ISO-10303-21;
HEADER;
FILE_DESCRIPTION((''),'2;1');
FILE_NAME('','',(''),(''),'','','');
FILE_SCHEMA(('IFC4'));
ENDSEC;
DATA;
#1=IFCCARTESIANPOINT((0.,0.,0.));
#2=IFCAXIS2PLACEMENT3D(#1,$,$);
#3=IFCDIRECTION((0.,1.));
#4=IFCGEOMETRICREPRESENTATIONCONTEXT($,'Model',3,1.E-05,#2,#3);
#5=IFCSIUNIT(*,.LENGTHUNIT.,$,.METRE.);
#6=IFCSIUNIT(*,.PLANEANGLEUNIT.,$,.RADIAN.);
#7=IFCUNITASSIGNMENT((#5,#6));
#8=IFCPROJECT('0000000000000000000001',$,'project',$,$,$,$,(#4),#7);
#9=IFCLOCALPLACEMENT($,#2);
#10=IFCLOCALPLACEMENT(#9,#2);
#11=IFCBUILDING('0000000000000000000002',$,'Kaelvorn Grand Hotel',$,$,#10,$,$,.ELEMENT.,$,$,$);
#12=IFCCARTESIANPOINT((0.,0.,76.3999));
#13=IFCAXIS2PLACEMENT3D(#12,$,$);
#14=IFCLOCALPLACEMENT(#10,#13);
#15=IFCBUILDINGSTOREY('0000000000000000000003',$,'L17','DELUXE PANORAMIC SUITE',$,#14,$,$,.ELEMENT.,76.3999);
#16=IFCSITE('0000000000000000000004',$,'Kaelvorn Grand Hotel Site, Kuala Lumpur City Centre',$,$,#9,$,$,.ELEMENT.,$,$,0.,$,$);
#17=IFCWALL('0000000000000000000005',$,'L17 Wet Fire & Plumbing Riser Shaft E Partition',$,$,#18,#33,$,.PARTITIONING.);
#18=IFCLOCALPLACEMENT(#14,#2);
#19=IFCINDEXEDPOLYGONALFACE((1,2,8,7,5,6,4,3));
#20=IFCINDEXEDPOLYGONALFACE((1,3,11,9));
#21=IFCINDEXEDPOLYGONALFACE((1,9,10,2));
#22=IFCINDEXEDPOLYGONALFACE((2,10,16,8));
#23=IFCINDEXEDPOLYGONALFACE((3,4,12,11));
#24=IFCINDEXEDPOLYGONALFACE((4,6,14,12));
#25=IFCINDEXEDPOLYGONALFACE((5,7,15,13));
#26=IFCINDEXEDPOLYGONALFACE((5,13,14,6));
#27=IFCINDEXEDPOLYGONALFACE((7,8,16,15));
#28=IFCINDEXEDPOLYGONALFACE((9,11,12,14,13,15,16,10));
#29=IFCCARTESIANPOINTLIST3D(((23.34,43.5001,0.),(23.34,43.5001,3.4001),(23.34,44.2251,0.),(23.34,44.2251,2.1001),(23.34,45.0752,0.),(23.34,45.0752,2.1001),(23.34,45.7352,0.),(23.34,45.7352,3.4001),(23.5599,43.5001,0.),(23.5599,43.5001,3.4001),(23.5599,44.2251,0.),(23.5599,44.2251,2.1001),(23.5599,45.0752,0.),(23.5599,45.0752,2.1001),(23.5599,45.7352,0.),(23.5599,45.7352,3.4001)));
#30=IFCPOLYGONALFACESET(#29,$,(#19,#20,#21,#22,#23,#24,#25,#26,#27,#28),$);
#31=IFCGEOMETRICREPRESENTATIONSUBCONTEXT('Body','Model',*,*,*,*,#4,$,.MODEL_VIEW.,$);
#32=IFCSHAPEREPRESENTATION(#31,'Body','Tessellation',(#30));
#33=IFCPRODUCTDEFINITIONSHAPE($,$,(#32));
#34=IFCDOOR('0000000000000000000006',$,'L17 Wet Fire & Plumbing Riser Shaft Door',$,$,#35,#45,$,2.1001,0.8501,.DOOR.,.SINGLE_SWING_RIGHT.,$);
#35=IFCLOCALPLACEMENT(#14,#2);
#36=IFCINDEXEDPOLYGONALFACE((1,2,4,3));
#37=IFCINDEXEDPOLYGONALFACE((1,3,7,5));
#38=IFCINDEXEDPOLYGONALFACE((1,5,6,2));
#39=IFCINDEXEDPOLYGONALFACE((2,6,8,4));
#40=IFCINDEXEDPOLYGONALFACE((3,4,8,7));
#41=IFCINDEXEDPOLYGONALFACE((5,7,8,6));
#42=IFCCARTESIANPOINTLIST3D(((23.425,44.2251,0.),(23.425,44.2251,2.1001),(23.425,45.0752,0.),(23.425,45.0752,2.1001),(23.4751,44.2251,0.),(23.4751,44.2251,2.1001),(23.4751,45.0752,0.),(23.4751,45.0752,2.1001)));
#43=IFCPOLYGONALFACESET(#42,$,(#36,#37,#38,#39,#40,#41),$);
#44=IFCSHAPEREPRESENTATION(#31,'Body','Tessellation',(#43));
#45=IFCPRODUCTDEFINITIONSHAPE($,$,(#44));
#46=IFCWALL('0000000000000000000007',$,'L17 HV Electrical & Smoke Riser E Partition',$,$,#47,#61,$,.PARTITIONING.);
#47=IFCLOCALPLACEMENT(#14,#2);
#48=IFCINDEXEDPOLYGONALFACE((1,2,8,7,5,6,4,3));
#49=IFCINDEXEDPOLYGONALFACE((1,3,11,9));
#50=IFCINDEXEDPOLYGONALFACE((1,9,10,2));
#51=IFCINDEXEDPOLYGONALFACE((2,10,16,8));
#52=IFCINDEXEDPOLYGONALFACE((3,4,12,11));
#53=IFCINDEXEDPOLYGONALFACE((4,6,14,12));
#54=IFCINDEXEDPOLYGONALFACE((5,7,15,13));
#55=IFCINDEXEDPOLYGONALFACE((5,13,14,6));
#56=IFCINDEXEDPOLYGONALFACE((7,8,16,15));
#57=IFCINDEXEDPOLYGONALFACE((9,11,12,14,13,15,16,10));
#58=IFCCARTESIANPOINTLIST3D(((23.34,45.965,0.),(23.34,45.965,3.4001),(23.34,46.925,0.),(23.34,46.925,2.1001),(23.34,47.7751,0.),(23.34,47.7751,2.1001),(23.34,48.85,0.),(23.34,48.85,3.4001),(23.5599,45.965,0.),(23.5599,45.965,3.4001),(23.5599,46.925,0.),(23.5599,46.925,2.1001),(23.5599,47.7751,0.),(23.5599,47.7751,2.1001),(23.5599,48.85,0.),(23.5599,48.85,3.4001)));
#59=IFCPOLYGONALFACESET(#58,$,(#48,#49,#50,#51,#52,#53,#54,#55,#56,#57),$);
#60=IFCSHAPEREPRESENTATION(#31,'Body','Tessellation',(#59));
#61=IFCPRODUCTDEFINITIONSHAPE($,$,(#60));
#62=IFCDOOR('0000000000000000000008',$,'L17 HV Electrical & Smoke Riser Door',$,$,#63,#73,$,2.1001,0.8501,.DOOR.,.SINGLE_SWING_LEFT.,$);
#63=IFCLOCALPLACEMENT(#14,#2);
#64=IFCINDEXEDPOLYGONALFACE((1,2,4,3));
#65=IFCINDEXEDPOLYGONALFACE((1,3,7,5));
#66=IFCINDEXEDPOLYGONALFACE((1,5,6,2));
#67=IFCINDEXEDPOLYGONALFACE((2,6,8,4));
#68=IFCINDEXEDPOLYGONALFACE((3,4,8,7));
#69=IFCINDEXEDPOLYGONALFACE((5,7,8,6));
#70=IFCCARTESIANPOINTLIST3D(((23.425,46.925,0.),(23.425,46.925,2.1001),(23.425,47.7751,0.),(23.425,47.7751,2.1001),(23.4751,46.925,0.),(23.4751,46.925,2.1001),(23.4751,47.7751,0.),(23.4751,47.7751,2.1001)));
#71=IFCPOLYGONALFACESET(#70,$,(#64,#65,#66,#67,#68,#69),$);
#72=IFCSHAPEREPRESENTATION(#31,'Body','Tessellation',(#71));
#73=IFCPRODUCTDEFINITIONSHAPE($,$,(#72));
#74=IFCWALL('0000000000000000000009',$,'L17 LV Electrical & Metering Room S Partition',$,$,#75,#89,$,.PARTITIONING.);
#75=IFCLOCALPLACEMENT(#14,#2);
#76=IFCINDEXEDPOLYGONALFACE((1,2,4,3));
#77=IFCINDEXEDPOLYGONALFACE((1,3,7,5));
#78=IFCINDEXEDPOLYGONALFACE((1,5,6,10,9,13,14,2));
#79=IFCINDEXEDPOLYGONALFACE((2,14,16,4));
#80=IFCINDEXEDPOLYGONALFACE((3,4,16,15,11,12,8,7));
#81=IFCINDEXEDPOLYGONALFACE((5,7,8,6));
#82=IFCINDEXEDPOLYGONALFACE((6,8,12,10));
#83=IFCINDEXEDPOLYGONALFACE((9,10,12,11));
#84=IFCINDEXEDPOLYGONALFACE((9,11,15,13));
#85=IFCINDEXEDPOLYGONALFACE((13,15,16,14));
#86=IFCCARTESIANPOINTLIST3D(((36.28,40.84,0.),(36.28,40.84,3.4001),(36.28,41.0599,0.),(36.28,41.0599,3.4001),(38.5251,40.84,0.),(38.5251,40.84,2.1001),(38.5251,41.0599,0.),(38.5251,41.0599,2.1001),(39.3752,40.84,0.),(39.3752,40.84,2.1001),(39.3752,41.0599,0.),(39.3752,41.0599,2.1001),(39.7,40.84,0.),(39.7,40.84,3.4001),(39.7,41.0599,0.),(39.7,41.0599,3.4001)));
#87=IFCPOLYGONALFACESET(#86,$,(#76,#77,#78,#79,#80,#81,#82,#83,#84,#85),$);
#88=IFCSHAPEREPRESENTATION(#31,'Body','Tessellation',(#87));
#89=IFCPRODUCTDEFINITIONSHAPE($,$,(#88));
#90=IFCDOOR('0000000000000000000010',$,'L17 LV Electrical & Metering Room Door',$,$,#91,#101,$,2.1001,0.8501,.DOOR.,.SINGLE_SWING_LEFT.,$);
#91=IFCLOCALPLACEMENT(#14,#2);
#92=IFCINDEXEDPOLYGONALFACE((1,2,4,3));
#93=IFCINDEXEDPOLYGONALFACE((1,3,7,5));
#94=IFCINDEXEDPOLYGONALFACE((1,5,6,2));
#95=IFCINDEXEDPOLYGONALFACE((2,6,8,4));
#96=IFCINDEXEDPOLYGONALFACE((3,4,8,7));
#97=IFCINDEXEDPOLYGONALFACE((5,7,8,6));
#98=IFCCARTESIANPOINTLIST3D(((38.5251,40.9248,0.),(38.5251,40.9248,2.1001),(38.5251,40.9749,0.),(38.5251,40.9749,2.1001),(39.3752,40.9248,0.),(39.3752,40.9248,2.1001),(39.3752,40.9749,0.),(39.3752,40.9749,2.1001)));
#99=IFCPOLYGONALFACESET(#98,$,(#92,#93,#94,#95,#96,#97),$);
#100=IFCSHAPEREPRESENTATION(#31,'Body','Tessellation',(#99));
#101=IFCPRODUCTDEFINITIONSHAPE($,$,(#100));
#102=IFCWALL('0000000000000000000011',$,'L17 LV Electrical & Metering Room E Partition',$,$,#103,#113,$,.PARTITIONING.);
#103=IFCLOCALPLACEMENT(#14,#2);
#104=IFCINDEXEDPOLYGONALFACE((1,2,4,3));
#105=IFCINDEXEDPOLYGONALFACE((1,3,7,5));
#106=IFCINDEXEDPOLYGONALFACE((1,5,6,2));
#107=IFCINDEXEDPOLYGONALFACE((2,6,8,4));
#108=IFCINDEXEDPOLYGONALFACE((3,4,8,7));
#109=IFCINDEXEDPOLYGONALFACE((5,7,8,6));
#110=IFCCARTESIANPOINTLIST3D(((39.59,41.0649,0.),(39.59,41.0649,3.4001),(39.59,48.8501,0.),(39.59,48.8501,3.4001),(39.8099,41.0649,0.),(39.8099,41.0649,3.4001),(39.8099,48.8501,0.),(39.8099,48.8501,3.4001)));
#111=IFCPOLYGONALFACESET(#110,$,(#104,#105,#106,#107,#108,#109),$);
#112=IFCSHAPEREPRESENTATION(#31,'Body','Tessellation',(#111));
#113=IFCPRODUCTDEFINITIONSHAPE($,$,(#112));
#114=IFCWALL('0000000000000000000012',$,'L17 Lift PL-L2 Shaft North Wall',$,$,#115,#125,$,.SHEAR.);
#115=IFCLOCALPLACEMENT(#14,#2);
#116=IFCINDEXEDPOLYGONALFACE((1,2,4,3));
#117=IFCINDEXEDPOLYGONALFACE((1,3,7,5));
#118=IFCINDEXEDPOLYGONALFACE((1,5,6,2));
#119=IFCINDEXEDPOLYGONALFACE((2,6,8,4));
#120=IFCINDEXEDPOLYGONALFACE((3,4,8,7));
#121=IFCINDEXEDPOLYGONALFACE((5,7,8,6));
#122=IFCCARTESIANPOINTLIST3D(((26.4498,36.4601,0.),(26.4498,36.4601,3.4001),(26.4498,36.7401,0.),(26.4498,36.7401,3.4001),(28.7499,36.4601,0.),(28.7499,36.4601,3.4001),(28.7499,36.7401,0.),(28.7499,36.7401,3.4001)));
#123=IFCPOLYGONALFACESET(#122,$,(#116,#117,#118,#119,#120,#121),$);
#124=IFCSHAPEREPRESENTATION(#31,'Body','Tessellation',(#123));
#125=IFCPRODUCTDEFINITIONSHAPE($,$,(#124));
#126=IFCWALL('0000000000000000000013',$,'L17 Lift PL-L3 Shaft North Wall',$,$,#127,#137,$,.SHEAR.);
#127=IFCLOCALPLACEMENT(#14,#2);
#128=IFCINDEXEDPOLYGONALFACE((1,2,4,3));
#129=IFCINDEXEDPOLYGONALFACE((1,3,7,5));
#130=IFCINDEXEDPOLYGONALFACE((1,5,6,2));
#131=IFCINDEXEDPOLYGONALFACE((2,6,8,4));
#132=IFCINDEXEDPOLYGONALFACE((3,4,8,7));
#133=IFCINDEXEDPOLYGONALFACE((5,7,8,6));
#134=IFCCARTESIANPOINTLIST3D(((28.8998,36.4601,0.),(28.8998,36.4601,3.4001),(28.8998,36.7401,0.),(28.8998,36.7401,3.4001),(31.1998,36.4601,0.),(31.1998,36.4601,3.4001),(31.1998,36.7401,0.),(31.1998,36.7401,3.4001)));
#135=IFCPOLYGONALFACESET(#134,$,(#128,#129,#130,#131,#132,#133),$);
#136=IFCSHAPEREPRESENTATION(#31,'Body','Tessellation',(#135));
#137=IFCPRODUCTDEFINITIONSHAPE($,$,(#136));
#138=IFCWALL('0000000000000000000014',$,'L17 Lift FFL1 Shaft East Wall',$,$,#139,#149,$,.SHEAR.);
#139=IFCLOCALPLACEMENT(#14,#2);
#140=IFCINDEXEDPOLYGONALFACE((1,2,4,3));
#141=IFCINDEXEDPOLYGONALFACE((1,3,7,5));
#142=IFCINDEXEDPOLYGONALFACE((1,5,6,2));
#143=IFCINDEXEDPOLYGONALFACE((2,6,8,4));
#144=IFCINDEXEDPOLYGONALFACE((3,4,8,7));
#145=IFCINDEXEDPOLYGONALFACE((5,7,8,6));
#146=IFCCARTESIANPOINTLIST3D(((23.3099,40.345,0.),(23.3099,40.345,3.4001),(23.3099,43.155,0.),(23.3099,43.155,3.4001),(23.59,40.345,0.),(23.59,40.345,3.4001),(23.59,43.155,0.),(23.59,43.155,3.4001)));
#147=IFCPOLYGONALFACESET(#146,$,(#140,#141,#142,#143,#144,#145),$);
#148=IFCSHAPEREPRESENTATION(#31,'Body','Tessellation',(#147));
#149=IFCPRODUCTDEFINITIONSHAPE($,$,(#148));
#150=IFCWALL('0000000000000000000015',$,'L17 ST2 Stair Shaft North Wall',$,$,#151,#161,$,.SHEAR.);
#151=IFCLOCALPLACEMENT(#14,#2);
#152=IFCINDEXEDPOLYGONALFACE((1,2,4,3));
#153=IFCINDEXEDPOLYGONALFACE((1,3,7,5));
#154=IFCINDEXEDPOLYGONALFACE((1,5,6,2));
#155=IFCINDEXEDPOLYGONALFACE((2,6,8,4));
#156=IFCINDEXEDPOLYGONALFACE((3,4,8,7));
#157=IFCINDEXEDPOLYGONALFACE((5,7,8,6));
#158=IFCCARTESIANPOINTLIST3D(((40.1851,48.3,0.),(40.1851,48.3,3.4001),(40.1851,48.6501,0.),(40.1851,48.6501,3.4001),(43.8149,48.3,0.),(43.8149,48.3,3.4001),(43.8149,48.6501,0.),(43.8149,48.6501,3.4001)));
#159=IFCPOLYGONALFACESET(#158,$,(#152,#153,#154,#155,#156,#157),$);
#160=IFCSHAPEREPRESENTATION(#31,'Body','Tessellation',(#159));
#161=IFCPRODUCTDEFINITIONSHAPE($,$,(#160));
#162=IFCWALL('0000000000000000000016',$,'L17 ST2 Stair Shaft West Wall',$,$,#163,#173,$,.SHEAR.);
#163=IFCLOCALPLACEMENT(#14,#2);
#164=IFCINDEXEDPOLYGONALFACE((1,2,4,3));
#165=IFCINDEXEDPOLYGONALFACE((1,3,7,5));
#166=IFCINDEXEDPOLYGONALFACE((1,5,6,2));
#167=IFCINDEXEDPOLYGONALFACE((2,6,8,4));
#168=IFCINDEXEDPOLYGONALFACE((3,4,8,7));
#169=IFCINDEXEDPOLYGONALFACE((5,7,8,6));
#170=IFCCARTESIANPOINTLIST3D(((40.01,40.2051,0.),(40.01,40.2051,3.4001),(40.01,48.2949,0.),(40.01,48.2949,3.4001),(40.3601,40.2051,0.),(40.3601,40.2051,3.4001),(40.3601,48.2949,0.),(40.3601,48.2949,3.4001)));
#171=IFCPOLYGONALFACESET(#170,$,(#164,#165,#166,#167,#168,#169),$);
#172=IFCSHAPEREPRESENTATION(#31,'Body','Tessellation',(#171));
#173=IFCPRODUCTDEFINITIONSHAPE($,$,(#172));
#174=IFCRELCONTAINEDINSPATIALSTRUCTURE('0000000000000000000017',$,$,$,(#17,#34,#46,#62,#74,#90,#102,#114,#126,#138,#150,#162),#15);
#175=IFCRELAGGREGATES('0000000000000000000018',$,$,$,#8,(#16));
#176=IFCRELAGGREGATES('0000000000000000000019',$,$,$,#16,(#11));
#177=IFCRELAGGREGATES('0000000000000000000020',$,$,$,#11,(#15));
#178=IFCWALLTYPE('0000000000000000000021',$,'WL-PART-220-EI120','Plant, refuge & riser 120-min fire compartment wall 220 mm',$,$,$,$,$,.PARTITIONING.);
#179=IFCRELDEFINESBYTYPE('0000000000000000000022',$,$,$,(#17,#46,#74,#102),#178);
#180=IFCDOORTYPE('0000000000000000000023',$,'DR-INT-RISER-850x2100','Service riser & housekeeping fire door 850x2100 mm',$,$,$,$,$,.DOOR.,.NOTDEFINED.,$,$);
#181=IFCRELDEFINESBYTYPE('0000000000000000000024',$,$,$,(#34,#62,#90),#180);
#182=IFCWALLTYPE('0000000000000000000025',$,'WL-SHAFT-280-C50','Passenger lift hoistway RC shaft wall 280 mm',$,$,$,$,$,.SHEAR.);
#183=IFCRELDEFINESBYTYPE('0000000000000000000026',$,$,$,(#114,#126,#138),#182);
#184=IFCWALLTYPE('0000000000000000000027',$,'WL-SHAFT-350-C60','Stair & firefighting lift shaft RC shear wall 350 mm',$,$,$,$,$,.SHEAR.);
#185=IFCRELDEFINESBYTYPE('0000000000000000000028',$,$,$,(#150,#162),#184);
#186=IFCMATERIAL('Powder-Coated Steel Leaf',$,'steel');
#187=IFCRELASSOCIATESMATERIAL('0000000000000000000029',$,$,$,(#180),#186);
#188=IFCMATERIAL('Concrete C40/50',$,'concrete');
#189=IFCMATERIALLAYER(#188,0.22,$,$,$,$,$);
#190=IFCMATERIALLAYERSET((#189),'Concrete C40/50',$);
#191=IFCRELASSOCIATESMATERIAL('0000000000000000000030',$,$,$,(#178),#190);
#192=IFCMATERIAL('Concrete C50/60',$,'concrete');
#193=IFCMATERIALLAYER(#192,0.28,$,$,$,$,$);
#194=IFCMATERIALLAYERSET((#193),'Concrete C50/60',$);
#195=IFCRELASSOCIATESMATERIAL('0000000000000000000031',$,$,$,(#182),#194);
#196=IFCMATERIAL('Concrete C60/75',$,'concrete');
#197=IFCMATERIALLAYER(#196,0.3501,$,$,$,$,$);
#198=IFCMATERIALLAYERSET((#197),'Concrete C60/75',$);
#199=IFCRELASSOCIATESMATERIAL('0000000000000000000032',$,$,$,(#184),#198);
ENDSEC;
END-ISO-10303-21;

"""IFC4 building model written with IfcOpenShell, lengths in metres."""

from ifc_helpers import new_model, si_unit, direction, frame, frame_2d, origin, place, context, subcontext, project, spatial, rectangle, extrude, material, layer, layer_set, type_object, element, fill, save


model = new_model("IFC4")

# Units and contexts
model_context = context("Model", 3, precision=1e-05, world=origin(), true_north=direction((0.0, 1.0)))
body_context = subcontext(model_context, "Body", "Model", "MODEL_VIEW")
ifc_project = project(units=[si_unit("LENGTHUNIT", "METRE"), si_unit("PLANEANGLEUNIT", "RADIAN")], contexts=[model_context])

# Site, building, storey
site_placement = place(None, origin())
site = spatial("IfcSite", under=ifc_project, at=site_placement, Name="Kaelvorn Grand Hotel Site, Kuala Lumpur City Centre", CompositionType="ELEMENT", RefElevation=0.0)
building_placement = place(site_placement, origin())
building = spatial("IfcBuilding", under=site, at=building_placement, Name="Kaelvorn Grand Hotel", CompositionType="ELEMENT")
storey_placement = place(building_placement, frame((0.0, 0.0, 76.3999)))
storey = spatial("IfcBuildingStorey", under=building, at=storey_placement, Name="L17", Description="DELUXE PANORAMIC SUITE", CompositionType="ELEMENT", Elevation=76.3999)

# Shared definitions
ifc_material_1 = material(Name="Concrete C60/75", Category="concrete")

# Shared definitions
ifc_material_2 = material(Name="Powder-Coated Steel Leaf", Category="steel")
door_type_1 = type_object("IfcDoorType", Name="DR-INT-RISER-850x2100", Description="Service riser & housekeeping fire door 850x2100 mm", OperationType="NOTDEFINED", PredefinedType="DOOR", material=ifc_material_2)

# Shared definitions
ifc_material_3 = material(Name="Concrete C40/50", Category="concrete")
ifc_layer_1 = layer(ifc_material_3, 0.22)
ifc_layer_set_1 = layer_set([ifc_layer_1], Name="Concrete C40/50")
wall_type_1 = type_object("IfcWallType", Name="WL-PART-220-EI120", Description="Plant, refuge & riser 120-min fire compartment wall 220 mm", PredefinedType="PARTITIONING", material=ifc_layer_set_1)

# Walls, openings, doors
wall_1_placement = place(storey_placement, frame((23.45, 43.5, 0.0), z_axis=(0.0, 0.0, 1.0), x_axis=(0.0, 1.0, 0.0)))
wall_1 = element("IfcWall", 1, at=wall_1_placement, inside=storey, type_object=wall_type_1, Name="L17 Wet Fire & Plumbing Riser Shaft E Partition", PredefinedType="PARTITIONING", context=body_context, shape_type="SweptSolid", body=[
    extrude(rectangle(XDim=2.2351, YDim=0.22, at=frame_2d((1.1177, 0.0))), origin(), (0.0, 0.0, 1.0), 3.4001),
])
opening_1_placement = place(wall_1_placement, frame((0.7251, 0.0, 0.0)))
opening_1 = element("IfcOpeningElement", 2, at=opening_1_placement, cuts=wall_1, PredefinedType="OPENING", context=body_context, shape_type="SweptSolid", body=[
    extrude(rectangle(XDim=0.8501, YDim=2.1001, at=frame_2d((0.425, 1.05))), frame((0.0, 0.1201, 0.0), z_axis=(0.0, -1.0, 0.0), x_axis=(1.0, 0.0, 0.0)), (0.0, 0.0, 1.0), 0.24),
])
door_1_placement = place(opening_1_placement, origin())
door_1 = element("IfcDoor", 3, at=door_1_placement, inside=storey, type_object=door_type_1, Name="L17 Wet Fire & Plumbing Riser Shaft Door", OperationType="SINGLE_SWING_RIGHT", OverallHeight=2.1001, OverallWidth=0.8501, PredefinedType="DOOR", context=body_context, shape_type="SweptSolid", body=[
    extrude(rectangle(XDim=0.8501, YDim=2.1001, at=frame_2d((0.425, 1.05))), frame((0.0, 0.0249, 0.0), z_axis=(0.0, -1.0, 0.0), x_axis=(1.0, 0.0, 0.0)), (0.0, 0.0, 1.0), 0.05),
])
fill(opening_1, door_1)
wall_2_placement = place(storey_placement, frame((23.45, 45.9651, 0.0), z_axis=(0.0, 0.0, 1.0), x_axis=(0.0, 1.0, 0.0)))
wall_2 = element("IfcWall", 4, at=wall_2_placement, inside=storey, type_object=wall_type_1, Name="L17 HV Electrical & Smoke Riser E Partition", PredefinedType="PARTITIONING", context=body_context, shape_type="SweptSolid", body=[
    extrude(rectangle(XDim=2.885, YDim=0.22, at=frame_2d((1.4424, 0.0))), origin(), (0.0, 0.0, 1.0), 3.4001),
])
opening_2_placement = place(wall_2_placement, frame((0.96, 0.0, 0.0)))
opening_2 = element("IfcOpeningElement", 5, at=opening_2_placement, cuts=wall_2, PredefinedType="OPENING", context=body_context, shape_type="SweptSolid", body=[
    extrude(rectangle(XDim=0.8501, YDim=2.1001, at=frame_2d((0.425, 1.05))), frame((0.0, 0.1201, 0.0), z_axis=(0.0, -1.0, 0.0), x_axis=(1.0, 0.0, 0.0)), (0.0, 0.0, 1.0), 0.24),
])
door_2_placement = place(opening_2_placement, origin())
door_2 = element("IfcDoor", 6, at=door_2_placement, inside=storey, type_object=door_type_1, Name="L17 HV Electrical & Smoke Riser Door", OperationType="SINGLE_SWING_LEFT", OverallHeight=2.1001, OverallWidth=0.8501, PredefinedType="DOOR", context=body_context, shape_type="SweptSolid", body=[
    extrude(rectangle(XDim=0.8501, YDim=2.1001, at=frame_2d((0.425, 1.05))), frame((0.0, 0.0249, 0.0), z_axis=(0.0, -1.0, 0.0), x_axis=(1.0, 0.0, 0.0)), (0.0, 0.0, 1.0), 0.05),
])
fill(opening_2, door_2)
wall_3_placement = place(storey_placement, frame((36.28, 40.95, 0.0), z_axis=(0.0, 0.0, 1.0), x_axis=(1.0, 0.0, 0.0)))
wall_3 = element("IfcWall", 7, at=wall_3_placement, inside=storey, type_object=wall_type_1, Name="L17 LV Electrical & Metering Room S Partition", PredefinedType="PARTITIONING", context=body_context, shape_type="SweptSolid", body=[
    extrude(rectangle(XDim=3.4199, YDim=0.22, at=frame_2d((1.71, 0.0))), origin(), (0.0, 0.0, 1.0), 3.4001),
])
opening_3_placement = place(wall_3_placement, frame((2.2451, 0.0, 0.0)))
opening_3 = element("IfcOpeningElement", 8, at=opening_3_placement, cuts=wall_3, PredefinedType="OPENING", context=body_context, shape_type="SweptSolid", body=[
    extrude(rectangle(XDim=0.8501, YDim=2.1001, at=frame_2d((0.425, 1.05))), frame((0.0, 0.1201, 0.0), z_axis=(0.0, -1.0, 0.0), x_axis=(1.0, 0.0, 0.0)), (0.0, 0.0, 1.0), 0.24),
])
door_3_placement = place(opening_3_placement, origin())
door_3 = element("IfcDoor", 9, at=door_3_placement, inside=storey, type_object=door_type_1, Name="L17 LV Electrical & Metering Room Door", OperationType="SINGLE_SWING_LEFT", OverallHeight=2.1001, OverallWidth=0.8501, PredefinedType="DOOR", context=body_context, shape_type="SweptSolid", body=[
    extrude(rectangle(XDim=0.8501, YDim=2.1001, at=frame_2d((0.425, 1.05))), frame((0.0, 0.0249, 0.0), z_axis=(0.0, -1.0, 0.0), x_axis=(1.0, 0.0, 0.0)), (0.0, 0.0, 1.0), 0.05),
])
fill(opening_3, door_3)

# Walls
wall_4_placement = place(storey_placement, frame((39.7, 41.0649, 0.0), z_axis=(0.0, 0.0, 1.0), x_axis=(0.0, 1.0, 0.0)))
element("IfcWall", 10, at=wall_4_placement, inside=storey, type_object=wall_type_1, Name="L17 LV Electrical & Metering Room E Partition", PredefinedType="PARTITIONING", context=body_context, shape_type="SweptSolid", body=[
    extrude(rectangle(XDim=7.7852, YDim=0.22, at=frame_2d((3.8926, 0.0))), origin(), (0.0, 0.0, 1.0), 3.4001),
])
ifc_material_4 = material(Name="Concrete C50/60", Category="concrete")
ifc_layer_2 = layer(ifc_material_4, 0.28)
ifc_layer_set_2 = layer_set([ifc_layer_2], Name="Concrete C50/60")
wall_type_2 = type_object("IfcWallType", Name="WL-SHAFT-280-C50", Description="Passenger lift hoistway RC shaft wall 280 mm", PredefinedType="SHEAR", material=ifc_layer_set_2)
for number, where, z_axis, x_axis, name in (
    (11, (26.45, 36.6001, 0.0), (0.0, 0.0, 1.0), (1.0, 0.0, 0.0), "L17 Lift PL-L2 Shaft North Wall"),
    (12, (28.8999, 36.6001, 0.0), (0.0, 0.0, 1.0), (1.0, 0.0, 0.0), "L17 Lift PL-L3 Shaft North Wall"),
):
    element("IfcWall", number, at=place(storey_placement, frame(where, z_axis=z_axis, x_axis=x_axis)), inside=storey, type_object=wall_type_2, Name=name, PredefinedType="SHEAR", context=body_context, shape_type="SweptSolid", body=[
        extrude(rectangle(XDim=2.3, YDim=0.28, at=frame_2d((1.1499, 0.0))), origin(), (0.0, 0.0, 1.0), 3.4001),
    ])
wall_5_placement = place(storey_placement, frame((23.45, 40.345, 0.0), z_axis=(0.0, 0.0, 1.0), x_axis=(0.0, 1.0, 0.0)))
element("IfcWall", 13, at=wall_5_placement, inside=storey, type_object=wall_type_2, Name="L17 Lift FFL1 Shaft East Wall", PredefinedType="SHEAR", context=body_context, shape_type="SweptSolid", body=[
    extrude(rectangle(XDim=2.8101, YDim=0.28, at=frame_2d((1.405, 0.0))), origin(), (0.0, 0.0, 1.0), 3.4001),
])

# Shared definitions
ifc_layer_3 = layer(ifc_material_1, 0.3501)
ifc_layer_set_3 = layer_set([ifc_layer_3], Name="Concrete C60/75")
wall_type_3 = type_object("IfcWallType", Name="WL-SHAFT-350-C60", Description="Stair & firefighting lift shaft RC shear wall 350 mm", PredefinedType="SHEAR", material=ifc_layer_set_3)

# Walls
wall_6_placement = place(storey_placement, frame((40.1851, 48.4751, 0.0), z_axis=(0.0, 0.0, 1.0), x_axis=(1.0, 0.0, 0.0)))
element("IfcWall", 14, at=wall_6_placement, inside=storey, type_object=wall_type_3, Name="L17 ST2 Stair Shaft North Wall", PredefinedType="SHEAR", context=body_context, shape_type="SweptSolid", body=[
    extrude(rectangle(XDim=3.6299, YDim=0.3501, at=frame_2d((1.8149, 0.0))), origin(), (0.0, 0.0, 1.0), 3.4001),
])
wall_7_placement = place(storey_placement, frame((40.1851, 40.2051, 0.0), z_axis=(0.0, 0.0, 1.0), x_axis=(0.0, 1.0, 0.0)))
element("IfcWall", 15, at=wall_7_placement, inside=storey, type_object=wall_type_3, Name="L17 ST2 Stair Shaft West Wall", PredefinedType="SHEAR", context=body_context, shape_type="SweptSolid", body=[
    extrude(rectangle(XDim=8.0898, YDim=0.3501, at=frame_2d((4.0449, 0.0))), origin(), (0.0, 0.0, 1.0), 3.4001),
])

save(model, "model.ifc")
